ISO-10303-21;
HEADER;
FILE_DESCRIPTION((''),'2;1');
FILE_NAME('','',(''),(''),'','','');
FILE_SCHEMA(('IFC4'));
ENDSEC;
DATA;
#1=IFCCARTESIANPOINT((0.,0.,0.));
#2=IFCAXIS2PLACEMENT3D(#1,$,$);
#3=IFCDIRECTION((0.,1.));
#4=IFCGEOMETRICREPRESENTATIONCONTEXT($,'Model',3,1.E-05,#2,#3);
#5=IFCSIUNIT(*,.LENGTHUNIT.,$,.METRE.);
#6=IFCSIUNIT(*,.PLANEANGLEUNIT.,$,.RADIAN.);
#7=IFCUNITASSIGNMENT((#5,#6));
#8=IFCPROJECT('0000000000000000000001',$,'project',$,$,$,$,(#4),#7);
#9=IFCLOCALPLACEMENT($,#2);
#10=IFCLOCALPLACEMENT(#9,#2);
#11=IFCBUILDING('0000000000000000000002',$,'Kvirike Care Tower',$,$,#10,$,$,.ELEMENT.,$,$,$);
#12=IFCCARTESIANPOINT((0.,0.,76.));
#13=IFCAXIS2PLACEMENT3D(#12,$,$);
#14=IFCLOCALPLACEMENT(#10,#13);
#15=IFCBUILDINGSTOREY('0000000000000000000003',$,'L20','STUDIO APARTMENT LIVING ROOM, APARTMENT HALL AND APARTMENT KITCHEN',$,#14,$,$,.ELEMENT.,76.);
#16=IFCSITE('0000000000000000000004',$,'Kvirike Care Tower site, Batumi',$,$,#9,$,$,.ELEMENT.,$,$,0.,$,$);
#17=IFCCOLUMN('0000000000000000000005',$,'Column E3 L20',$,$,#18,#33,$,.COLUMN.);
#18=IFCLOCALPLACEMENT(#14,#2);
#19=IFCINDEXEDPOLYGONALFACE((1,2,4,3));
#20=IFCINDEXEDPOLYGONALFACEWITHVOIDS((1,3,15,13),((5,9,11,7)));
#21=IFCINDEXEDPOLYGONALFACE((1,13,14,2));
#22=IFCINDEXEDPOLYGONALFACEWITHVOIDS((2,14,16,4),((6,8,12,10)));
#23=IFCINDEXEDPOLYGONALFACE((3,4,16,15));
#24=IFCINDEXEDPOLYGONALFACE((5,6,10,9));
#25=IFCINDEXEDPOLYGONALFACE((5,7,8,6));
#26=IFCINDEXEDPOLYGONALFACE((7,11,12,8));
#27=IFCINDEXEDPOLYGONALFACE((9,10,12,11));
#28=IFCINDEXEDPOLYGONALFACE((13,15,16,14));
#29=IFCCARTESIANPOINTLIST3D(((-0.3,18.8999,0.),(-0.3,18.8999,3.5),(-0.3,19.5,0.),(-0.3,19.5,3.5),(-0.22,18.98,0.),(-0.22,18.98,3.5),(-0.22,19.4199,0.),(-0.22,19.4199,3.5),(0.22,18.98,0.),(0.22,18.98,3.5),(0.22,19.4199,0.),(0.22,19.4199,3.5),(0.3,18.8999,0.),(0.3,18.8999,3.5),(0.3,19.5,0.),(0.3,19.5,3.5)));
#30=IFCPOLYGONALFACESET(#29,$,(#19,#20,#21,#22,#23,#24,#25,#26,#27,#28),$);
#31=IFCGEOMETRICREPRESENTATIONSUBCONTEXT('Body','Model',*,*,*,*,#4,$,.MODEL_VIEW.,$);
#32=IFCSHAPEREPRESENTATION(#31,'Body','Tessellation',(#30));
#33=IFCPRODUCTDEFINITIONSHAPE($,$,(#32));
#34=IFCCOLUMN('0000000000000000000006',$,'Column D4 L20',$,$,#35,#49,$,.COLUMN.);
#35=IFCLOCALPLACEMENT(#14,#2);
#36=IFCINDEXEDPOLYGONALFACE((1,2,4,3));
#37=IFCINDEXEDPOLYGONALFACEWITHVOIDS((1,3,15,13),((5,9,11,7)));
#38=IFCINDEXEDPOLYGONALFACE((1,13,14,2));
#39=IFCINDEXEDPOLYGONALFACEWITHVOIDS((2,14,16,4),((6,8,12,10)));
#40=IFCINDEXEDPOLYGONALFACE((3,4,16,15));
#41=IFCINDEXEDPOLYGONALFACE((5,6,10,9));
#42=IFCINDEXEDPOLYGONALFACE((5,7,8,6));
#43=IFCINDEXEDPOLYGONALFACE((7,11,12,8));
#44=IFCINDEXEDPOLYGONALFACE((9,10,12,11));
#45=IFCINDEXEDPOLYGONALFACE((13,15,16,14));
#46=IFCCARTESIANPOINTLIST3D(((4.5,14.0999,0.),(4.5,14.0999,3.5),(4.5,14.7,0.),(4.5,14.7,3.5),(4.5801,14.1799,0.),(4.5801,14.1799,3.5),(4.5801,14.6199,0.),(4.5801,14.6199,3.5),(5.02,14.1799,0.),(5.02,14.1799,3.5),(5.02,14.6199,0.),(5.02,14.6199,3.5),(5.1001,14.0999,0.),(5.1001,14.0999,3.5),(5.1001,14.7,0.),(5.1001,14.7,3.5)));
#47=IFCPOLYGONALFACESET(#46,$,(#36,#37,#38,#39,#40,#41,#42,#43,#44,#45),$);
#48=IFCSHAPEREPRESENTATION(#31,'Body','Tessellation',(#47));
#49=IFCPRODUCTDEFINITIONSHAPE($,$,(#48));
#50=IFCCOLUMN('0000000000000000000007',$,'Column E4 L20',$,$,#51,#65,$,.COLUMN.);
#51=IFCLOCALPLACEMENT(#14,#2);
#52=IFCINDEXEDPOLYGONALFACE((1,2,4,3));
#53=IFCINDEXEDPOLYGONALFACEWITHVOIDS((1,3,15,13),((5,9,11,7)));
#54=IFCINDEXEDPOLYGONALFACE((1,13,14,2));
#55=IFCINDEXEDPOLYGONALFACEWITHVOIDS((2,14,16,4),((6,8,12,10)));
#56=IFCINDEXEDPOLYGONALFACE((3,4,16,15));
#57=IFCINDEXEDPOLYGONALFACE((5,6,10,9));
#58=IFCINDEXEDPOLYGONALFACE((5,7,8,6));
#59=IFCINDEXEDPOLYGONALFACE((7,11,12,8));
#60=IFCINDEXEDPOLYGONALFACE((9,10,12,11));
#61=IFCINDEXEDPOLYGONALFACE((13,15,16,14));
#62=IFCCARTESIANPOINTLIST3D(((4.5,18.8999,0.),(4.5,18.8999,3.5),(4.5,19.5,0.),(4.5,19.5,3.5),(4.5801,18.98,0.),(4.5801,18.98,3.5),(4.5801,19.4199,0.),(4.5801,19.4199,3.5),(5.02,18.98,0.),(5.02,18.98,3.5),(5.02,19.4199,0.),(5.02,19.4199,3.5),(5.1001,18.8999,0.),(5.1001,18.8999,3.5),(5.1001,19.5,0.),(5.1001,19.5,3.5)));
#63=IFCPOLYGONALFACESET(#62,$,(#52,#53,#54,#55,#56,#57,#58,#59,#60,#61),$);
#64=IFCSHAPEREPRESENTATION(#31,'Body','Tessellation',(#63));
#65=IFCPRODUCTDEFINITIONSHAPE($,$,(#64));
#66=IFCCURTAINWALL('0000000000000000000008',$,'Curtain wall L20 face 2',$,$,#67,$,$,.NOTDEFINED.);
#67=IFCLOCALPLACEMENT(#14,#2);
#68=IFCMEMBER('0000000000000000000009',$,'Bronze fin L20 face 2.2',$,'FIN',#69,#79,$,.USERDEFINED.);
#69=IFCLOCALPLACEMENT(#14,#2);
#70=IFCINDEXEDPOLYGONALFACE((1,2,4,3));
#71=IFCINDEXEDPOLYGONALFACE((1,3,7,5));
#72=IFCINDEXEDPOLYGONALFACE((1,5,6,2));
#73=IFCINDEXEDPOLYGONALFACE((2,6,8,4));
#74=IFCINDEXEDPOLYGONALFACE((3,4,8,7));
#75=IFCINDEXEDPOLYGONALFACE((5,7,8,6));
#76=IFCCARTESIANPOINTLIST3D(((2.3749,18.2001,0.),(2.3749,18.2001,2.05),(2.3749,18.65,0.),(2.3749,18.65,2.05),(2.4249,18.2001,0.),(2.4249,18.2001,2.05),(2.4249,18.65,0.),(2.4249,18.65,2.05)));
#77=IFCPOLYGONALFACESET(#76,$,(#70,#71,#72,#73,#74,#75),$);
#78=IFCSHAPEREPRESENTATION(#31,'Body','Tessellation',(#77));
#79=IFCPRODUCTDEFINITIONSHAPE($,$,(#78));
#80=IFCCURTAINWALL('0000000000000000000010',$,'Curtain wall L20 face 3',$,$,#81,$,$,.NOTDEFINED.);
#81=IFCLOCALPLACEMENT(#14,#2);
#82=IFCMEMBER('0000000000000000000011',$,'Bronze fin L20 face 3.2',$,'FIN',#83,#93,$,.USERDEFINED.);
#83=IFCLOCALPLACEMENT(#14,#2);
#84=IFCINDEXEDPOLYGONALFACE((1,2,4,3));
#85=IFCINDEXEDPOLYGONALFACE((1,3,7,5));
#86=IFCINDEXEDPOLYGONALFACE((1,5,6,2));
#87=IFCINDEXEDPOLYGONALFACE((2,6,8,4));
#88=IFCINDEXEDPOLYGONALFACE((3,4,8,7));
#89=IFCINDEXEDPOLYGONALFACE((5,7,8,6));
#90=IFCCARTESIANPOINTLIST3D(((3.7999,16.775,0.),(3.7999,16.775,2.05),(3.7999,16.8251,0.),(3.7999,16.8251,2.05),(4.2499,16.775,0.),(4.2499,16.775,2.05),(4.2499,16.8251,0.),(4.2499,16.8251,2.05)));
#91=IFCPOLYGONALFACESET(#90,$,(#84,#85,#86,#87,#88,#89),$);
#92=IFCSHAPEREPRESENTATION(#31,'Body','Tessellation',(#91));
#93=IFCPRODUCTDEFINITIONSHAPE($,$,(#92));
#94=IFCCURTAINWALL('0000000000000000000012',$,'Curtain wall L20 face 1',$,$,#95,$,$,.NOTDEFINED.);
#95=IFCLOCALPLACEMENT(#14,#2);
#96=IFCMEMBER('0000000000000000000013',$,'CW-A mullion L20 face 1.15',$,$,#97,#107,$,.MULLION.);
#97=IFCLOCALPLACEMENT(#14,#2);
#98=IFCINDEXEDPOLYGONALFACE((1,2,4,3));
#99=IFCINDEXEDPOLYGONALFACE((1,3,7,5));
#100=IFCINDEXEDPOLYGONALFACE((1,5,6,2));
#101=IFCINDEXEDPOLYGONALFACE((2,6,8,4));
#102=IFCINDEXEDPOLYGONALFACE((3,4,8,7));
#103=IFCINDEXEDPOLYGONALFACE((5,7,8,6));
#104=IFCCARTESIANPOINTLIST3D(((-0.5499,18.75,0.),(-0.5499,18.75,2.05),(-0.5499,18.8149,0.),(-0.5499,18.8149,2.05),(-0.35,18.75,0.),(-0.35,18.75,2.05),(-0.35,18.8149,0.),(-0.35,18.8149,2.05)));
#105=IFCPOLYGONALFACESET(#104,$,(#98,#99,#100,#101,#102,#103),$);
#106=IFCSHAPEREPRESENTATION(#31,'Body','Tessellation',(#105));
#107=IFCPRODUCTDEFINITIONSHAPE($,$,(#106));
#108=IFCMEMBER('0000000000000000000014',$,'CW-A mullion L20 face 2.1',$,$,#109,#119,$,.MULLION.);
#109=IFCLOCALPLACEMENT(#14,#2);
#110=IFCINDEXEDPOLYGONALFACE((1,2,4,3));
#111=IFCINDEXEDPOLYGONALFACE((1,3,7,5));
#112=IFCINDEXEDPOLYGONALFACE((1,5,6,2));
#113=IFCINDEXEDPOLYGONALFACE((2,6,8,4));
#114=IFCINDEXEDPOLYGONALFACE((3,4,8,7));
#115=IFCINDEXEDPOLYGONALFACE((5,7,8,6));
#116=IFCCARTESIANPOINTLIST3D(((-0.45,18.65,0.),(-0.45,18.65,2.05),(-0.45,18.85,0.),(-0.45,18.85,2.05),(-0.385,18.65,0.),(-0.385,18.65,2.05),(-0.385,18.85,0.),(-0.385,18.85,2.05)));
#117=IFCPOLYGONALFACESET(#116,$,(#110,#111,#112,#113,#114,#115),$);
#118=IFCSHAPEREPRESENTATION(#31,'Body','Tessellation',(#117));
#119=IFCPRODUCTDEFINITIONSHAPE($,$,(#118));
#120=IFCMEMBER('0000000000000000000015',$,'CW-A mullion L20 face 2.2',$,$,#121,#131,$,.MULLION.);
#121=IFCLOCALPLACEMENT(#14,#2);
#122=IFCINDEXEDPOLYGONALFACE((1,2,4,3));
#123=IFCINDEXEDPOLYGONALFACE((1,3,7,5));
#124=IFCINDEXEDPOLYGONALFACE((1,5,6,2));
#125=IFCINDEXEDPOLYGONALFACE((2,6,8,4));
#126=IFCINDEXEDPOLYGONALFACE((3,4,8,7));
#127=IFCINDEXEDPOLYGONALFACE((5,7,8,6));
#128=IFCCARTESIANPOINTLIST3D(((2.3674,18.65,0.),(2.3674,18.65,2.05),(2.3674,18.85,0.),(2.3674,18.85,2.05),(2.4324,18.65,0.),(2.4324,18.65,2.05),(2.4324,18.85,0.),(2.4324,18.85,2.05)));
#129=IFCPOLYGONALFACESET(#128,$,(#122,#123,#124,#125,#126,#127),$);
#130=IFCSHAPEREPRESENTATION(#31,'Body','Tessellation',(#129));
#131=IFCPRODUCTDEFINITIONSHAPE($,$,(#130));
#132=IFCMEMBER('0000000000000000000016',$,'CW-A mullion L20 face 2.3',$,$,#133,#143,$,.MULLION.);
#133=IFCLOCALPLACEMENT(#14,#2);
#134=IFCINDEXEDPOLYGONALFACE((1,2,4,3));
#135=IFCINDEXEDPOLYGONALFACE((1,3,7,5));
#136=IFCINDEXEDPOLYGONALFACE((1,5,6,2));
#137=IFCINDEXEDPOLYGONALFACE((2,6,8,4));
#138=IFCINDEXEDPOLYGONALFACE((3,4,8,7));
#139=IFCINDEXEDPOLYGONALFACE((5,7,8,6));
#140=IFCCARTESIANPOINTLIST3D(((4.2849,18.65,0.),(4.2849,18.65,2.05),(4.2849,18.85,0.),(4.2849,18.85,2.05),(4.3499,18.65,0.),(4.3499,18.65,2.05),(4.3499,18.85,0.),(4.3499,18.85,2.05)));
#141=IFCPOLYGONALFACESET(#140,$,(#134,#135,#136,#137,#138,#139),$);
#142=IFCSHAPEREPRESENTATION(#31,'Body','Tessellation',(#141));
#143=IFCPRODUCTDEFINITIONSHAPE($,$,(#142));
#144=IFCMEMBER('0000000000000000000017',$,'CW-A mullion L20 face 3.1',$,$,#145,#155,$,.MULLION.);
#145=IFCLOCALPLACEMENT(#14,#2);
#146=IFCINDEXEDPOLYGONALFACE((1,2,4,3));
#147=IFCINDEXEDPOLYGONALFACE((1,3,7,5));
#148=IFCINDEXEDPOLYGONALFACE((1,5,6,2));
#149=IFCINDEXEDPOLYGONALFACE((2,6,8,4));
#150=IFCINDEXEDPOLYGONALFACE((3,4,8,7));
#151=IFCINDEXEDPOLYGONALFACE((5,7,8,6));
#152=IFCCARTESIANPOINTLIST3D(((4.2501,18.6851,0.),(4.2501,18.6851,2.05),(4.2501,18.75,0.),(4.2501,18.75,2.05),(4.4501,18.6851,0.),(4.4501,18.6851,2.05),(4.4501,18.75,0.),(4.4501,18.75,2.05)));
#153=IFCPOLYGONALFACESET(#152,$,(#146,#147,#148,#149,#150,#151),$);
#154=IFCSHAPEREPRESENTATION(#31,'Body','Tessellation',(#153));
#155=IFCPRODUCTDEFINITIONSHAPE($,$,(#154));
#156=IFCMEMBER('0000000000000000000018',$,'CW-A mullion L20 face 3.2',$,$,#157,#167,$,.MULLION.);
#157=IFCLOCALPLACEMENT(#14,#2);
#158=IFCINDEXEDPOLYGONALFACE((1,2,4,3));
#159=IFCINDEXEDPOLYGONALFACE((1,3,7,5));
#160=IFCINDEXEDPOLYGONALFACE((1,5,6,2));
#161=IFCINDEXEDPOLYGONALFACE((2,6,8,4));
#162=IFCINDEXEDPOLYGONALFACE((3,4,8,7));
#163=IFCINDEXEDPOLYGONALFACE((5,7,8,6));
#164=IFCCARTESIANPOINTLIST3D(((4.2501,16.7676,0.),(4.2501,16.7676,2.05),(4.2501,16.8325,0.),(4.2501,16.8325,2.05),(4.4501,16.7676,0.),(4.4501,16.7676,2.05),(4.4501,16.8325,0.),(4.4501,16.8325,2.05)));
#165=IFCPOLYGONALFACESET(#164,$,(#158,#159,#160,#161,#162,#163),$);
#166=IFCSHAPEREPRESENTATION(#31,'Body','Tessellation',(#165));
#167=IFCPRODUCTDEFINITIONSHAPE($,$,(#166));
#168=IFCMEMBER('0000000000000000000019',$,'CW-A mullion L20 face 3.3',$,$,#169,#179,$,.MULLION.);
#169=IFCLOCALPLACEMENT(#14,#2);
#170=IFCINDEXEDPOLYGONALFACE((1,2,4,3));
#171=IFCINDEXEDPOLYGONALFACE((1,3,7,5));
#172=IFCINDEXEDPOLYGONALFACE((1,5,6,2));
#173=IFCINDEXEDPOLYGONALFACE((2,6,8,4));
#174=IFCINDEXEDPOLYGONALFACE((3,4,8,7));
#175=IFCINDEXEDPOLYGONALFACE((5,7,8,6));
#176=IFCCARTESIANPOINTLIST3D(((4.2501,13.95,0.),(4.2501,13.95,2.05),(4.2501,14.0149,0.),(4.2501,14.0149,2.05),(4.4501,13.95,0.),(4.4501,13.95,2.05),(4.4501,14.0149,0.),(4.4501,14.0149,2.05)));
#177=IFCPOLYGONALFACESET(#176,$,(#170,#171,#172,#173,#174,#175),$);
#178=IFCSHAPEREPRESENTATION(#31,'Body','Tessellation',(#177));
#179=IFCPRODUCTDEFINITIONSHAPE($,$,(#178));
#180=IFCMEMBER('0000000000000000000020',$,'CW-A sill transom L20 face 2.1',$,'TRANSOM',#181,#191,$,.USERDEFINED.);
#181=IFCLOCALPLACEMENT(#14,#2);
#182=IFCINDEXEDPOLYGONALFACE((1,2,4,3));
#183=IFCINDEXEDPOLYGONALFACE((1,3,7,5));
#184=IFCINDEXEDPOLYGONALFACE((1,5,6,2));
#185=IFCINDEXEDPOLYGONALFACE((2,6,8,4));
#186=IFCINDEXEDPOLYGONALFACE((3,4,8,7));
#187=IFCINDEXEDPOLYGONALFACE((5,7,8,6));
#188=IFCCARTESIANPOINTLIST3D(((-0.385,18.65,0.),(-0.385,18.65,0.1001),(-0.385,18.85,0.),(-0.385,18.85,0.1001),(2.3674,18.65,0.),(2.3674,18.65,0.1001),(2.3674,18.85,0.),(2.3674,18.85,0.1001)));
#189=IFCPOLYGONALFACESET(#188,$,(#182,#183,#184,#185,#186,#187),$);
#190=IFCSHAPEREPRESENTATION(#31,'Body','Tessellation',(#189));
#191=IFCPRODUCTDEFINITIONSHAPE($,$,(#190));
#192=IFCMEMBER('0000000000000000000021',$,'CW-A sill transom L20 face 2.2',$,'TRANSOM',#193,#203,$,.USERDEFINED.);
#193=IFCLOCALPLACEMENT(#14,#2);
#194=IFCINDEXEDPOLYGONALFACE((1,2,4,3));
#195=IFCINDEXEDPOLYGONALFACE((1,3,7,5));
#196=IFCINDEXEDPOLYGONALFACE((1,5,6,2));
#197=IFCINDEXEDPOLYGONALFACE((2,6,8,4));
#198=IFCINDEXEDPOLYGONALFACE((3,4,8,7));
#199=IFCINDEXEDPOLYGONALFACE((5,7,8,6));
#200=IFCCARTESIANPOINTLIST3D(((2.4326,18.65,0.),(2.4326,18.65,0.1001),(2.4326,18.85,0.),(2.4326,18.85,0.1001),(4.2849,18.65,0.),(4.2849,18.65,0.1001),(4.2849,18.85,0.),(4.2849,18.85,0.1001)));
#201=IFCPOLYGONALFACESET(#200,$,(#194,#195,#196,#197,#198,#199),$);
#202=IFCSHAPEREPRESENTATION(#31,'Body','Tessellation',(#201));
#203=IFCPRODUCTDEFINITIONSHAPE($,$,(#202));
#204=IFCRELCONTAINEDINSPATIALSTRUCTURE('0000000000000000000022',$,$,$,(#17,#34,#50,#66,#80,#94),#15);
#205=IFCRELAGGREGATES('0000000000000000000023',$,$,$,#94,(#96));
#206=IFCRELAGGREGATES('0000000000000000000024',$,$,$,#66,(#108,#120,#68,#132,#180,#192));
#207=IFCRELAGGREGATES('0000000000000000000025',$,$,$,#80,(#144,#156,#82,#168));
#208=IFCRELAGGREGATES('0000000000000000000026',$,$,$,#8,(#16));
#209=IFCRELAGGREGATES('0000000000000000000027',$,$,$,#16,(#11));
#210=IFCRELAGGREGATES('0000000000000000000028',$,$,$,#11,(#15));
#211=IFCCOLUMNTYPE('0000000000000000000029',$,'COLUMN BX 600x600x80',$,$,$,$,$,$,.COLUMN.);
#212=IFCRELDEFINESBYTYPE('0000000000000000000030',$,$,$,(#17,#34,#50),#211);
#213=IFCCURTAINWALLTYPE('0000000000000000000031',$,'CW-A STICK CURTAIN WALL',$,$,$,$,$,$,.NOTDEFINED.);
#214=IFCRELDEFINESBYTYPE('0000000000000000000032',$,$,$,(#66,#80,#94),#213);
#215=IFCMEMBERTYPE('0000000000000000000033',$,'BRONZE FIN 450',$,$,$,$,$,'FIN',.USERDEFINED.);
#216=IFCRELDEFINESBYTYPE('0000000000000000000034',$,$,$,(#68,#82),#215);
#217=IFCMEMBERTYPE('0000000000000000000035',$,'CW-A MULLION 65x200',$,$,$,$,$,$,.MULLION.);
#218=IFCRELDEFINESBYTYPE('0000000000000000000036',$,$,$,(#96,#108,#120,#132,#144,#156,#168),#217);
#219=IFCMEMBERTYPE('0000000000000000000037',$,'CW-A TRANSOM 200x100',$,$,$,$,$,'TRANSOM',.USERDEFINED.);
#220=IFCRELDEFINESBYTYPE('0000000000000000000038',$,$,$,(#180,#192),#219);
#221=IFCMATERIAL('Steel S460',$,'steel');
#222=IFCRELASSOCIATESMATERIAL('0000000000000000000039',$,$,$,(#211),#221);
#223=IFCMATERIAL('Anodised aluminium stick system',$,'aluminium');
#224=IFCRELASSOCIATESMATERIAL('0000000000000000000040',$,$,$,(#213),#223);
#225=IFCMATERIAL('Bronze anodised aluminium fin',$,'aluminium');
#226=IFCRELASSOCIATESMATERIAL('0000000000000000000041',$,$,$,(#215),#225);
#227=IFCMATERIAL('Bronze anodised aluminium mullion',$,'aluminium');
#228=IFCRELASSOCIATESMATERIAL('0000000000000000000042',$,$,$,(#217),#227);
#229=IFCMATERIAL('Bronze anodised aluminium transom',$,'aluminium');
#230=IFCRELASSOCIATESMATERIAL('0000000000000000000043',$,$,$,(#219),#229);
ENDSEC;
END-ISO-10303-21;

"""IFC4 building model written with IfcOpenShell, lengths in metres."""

from ifc_helpers import new_model, si_unit, direction, frame, origin, origin_2d, place, context, subcontext, project, spatial, rectangle, hollow_rectangle, extrude, material, material_profile, profile_set, type_object, element, aggregate, save


model = new_model("IFC4")

# Units and contexts
model_context = context("Model", 3, precision=1e-05, world=origin(), true_north=direction((0.0, 1.0)))
body_context = subcontext(model_context, "Body", "Model", "MODEL_VIEW")
ifc_project = project(units=[si_unit("LENGTHUNIT", "METRE"), si_unit("PLANEANGLEUNIT", "RADIAN")], contexts=[model_context])

# Site, building, storey
site_placement = place(None, origin())
site = spatial("IfcSite", under=ifc_project, at=site_placement, Name="Kvirike Care Tower site, Batumi", CompositionType="ELEMENT", RefElevation=0.0)
building_placement = place(site_placement, origin())
building = spatial("IfcBuilding", under=site, at=building_placement, Name="Kvirike Care Tower", CompositionType="ELEMENT")
storey_placement = place(building_placement, frame((0.0, 0.0, 76.0)))
storey = spatial("IfcBuildingStorey", under=building, at=storey_placement, Name="L20", Description="STUDIO APARTMENT LIVING ROOM, APARTMENT HALL AND APARTMENT KITCHEN", CompositionType="ELEMENT", Elevation=76.0)

# Columns
ifc_material_1 = material(Name="Steel S460", Category="steel")
ifc_material_profile_1 = material_profile(ifc_material_1, hollow_rectangle(XDim=0.6001, YDim=0.6001, WallThickness=0.0801, at=origin_2d()), Name="BX 600x600x80")
ifc_profile_set_1 = profile_set([ifc_material_profile_1], Name="Steel S460")
column_type = type_object("IfcColumnType", Name="COLUMN BX 600x600x80", PredefinedType="COLUMN", material=ifc_profile_set_1)
for number, where, z_axis, x_axis, name in (
    (1, (0.0, 19.2, 0.0), (0.0, 0.0, 1.0), (0.0, 1.0, 0.0), "Column E3 L20"),
    (2, (4.8, 14.3999, 0.0), (0.0, 0.0, 1.0), (0.0, 1.0, 0.0), "Column D4 L20"),
    (3, (4.8, 19.2, 0.0), (0.0, 0.0, 1.0), (0.0, 1.0, 0.0), "Column E4 L20"),
):
    element("IfcColumn", number, at=place(storey_placement, frame(where, z_axis=z_axis, x_axis=x_axis)), inside=storey, type_object=column_type, Name=name, PredefinedType="COLUMN", context=body_context, shape_type="SweptSolid", body=[
        extrude(hollow_rectangle(XDim=0.6001, YDim=0.6001, WallThickness=0.0801, at=origin_2d()), origin(), (0.0, 0.0, 1.0), 3.5),
    ])

# Curtain walls, members
ifc_material_2 = material(Name="Anodised aluminium stick system", Category="aluminium")
curtain_wall_type = type_object("IfcCurtainWallType", Name="CW-A STICK CURTAIN WALL", PredefinedType="NOTDEFINED", material=ifc_material_2)
curtain_wall_1_placement = place(storey_placement, origin())
curtain_wall_1 = element("IfcCurtainWall", 4, at=curtain_wall_1_placement, inside=storey, type_object=curtain_wall_type, Name="Curtain wall L20 face 2", PredefinedType="NOTDEFINED")
ifc_material_3 = material(Name="Bronze anodised aluminium fin", Category="aluminium")
ifc_material_profile_2 = material_profile(ifc_material_3, rectangle(XDim=0.05, YDim=0.45, at=origin_2d()), Name="BRONZE FIN 450")
ifc_profile_set_2 = profile_set([ifc_material_profile_2], Name="Bronze anodised aluminium fin")
member_type_1 = type_object("IfcMemberType", Name="BRONZE FIN 450", ElementType="FIN", PredefinedType="USERDEFINED", material=ifc_profile_set_2)
member_1_placement = place(storey_placement, frame((2.3999, 18.425, 0.0), z_axis=(0.0, 0.0, 1.0), x_axis=(1.0, 0.0, 0.0)))
member_1 = element("IfcMember", 5, at=member_1_placement, type_object=member_type_1, Name="Bronze fin L20 face 2.2", ObjectType="FIN", PredefinedType="USERDEFINED", context=body_context, shape_type="SweptSolid", body=[
    extrude(rectangle(XDim=0.05, YDim=0.45, at=origin_2d()), origin(), (0.0, 0.0, 1.0), 2.05),
])
curtain_wall_2_placement = place(storey_placement, origin())
curtain_wall_2 = element("IfcCurtainWall", 6, at=curtain_wall_2_placement, inside=storey, type_object=curtain_wall_type, Name="Curtain wall L20 face 3", PredefinedType="NOTDEFINED")
member_2_placement = place(storey_placement, frame((4.0249, 16.8, 0.0), z_axis=(0.0, 0.0, 1.0), x_axis=(0.0, -1.0, 0.0)))
member_2 = element("IfcMember", 7, at=member_2_placement, type_object=member_type_1, Name="Bronze fin L20 face 3.2", ObjectType="FIN", PredefinedType="USERDEFINED", context=body_context, shape_type="SweptSolid", body=[
    extrude(rectangle(XDim=0.05, YDim=0.45, at=origin_2d()), origin(), (0.0, 0.0, 1.0), 2.05),
])
curtain_wall_3_placement = place(storey_placement, origin())
curtain_wall_3 = element("IfcCurtainWall", 8, at=curtain_wall_3_placement, inside=storey, type_object=curtain_wall_type, Name="Curtain wall L20 face 1", PredefinedType="NOTDEFINED")
ifc_material_4 = material(Name="Bronze anodised aluminium mullion", Category="aluminium")
ifc_material_profile_3 = material_profile(ifc_material_4, rectangle(XDim=0.0649, YDim=0.2, at=origin_2d()), Name="CW-A MULLION 65x200")
ifc_profile_set_3 = profile_set([ifc_material_profile_3], Name="Bronze anodised aluminium mullion")
member_type_2 = type_object("IfcMemberType", Name="CW-A MULLION 65x200", PredefinedType="MULLION", material=ifc_profile_set_3)
member_3_placement = place(storey_placement, frame((-0.45, 18.7825, 0.0), z_axis=(0.0, 0.0, 1.0), x_axis=(0.0, -1.0, 0.0)))
member_3 = element("IfcMember", 9, at=member_3_placement, type_object=member_type_2, Name="CW-A mullion L20 face 1.15", PredefinedType="MULLION", context=body_context, shape_type="SweptSolid", body=[
    extrude(rectangle(XDim=0.0649, YDim=0.2, at=origin_2d()), origin(), (0.0, 0.0, 1.0), 2.05),
])
aggregate(curtain_wall_3, [member_3])

# Members
member_4_placement = place(storey_placement, frame((-0.4175, 18.75, 0.0), z_axis=(0.0, 0.0, 1.0), x_axis=(1.0, 0.0, 0.0)))
member_4 = element("IfcMember", 10, at=member_4_placement, type_object=member_type_2, Name="CW-A mullion L20 face 2.1", PredefinedType="MULLION", context=body_context, shape_type="SweptSolid", body=[
    extrude(rectangle(XDim=0.0649, YDim=0.2, at=origin_2d()), origin(), (0.0, 0.0, 1.0), 2.05),
])
member_5_placement = place(storey_placement, frame((2.3999, 18.75, 0.0), z_axis=(0.0, 0.0, 1.0), x_axis=(1.0, 0.0, 0.0)))
member_5 = element("IfcMember", 11, at=member_5_placement, type_object=member_type_2, Name="CW-A mullion L20 face 2.2", PredefinedType="MULLION", context=body_context, shape_type="SweptSolid", body=[
    extrude(rectangle(XDim=0.0649, YDim=0.2, at=origin_2d()), origin(), (0.0, 0.0, 1.0), 2.05),
])
member_6_placement = place(storey_placement, frame((4.3174, 18.75, 0.0), z_axis=(0.0, 0.0, 1.0), x_axis=(1.0, 0.0, 0.0)))
member_6 = element("IfcMember", 12, at=member_6_placement, type_object=member_type_2, Name="CW-A mullion L20 face 2.3", PredefinedType="MULLION", context=body_context, shape_type="SweptSolid", body=[
    extrude(rectangle(XDim=0.0649, YDim=0.2, at=origin_2d()), origin(), (0.0, 0.0, 1.0), 2.05),
])
member_7_placement = place(storey_placement, frame((4.3501, 18.7175, 0.0), z_axis=(0.0, 0.0, 1.0), x_axis=(0.0, -1.0, 0.0)))
member_7 = element("IfcMember", 13, at=member_7_placement, type_object=member_type_2, Name="CW-A mullion L20 face 3.1", PredefinedType="MULLION", context=body_context, shape_type="SweptSolid", body=[
    extrude(rectangle(XDim=0.0649, YDim=0.2, at=origin_2d()), origin(), (0.0, 0.0, 1.0), 2.05),
])
member_8_placement = place(storey_placement, frame((4.3501, 16.8, 0.0), z_axis=(0.0, 0.0, 1.0), x_axis=(0.0, -1.0, 0.0)))
member_8 = element("IfcMember", 14, at=member_8_placement, type_object=member_type_2, Name="CW-A mullion L20 face 3.2", PredefinedType="MULLION", context=body_context, shape_type="SweptSolid", body=[
    extrude(rectangle(XDim=0.0649, YDim=0.2, at=origin_2d()), origin(), (0.0, 0.0, 1.0), 2.05),
])
member_9_placement = place(storey_placement, frame((4.3501, 13.9824, 0.0), z_axis=(0.0, 0.0, 1.0), x_axis=(0.0, -1.0, 0.0)))
member_9 = element("IfcMember", 15, at=member_9_placement, type_object=member_type_2, Name="CW-A mullion L20 face 3.3", PredefinedType="MULLION", context=body_context, shape_type="SweptSolid", body=[
    extrude(rectangle(XDim=0.0649, YDim=0.2, at=origin_2d()), origin(), (0.0, 0.0, 1.0), 2.05),
])
ifc_material_5 = material(Name="Bronze anodised aluminium transom", Category="aluminium")
ifc_material_profile_4 = material_profile(ifc_material_5, rectangle(XDim=0.2, YDim=0.1001, at=origin_2d()), Name="CW-A TRANSOM 200x100")
ifc_profile_set_4 = profile_set([ifc_material_profile_4], Name="Bronze anodised aluminium transom")
member_type_3 = type_object("IfcMemberType", Name="CW-A TRANSOM 200x100", ElementType="TRANSOM", PredefinedType="USERDEFINED", material=ifc_profile_set_4)
member_10_placement = place(storey_placement, frame((-0.385, 18.75, 0.05), z_axis=(1.0, 0.0, 0.0), x_axis=(0.0, 1.0, 0.0)))
member_10 = element("IfcMember", 16, at=member_10_placement, type_object=member_type_3, Name="CW-A sill transom L20 face 2.1", ObjectType="TRANSOM", PredefinedType="USERDEFINED", context=body_context, shape_type="SweptSolid", body=[
    extrude(rectangle(XDim=0.2, YDim=0.1001, at=origin_2d()), origin(), (0.0, 0.0, 1.0), 2.7524),
])
member_11_placement = place(storey_placement, frame((2.4326, 18.75, 0.05), z_axis=(1.0, 0.0, 0.0), x_axis=(0.0, 1.0, 0.0)))
member_11 = element("IfcMember", 17, at=member_11_placement, type_object=member_type_3, Name="CW-A sill transom L20 face 2.2", ObjectType="TRANSOM", PredefinedType="USERDEFINED", context=body_context, shape_type="SweptSolid", body=[
    extrude(rectangle(XDim=0.2, YDim=0.1001, at=origin_2d()), origin(), (0.0, 0.0, 1.0), 1.8523),
])

aggregate(curtain_wall_1, [member_4, member_5, member_1, member_6, member_10, member_11])
aggregate(curtain_wall_2, [member_7, member_8, member_2, member_9])

save(model, "model.ifc")
